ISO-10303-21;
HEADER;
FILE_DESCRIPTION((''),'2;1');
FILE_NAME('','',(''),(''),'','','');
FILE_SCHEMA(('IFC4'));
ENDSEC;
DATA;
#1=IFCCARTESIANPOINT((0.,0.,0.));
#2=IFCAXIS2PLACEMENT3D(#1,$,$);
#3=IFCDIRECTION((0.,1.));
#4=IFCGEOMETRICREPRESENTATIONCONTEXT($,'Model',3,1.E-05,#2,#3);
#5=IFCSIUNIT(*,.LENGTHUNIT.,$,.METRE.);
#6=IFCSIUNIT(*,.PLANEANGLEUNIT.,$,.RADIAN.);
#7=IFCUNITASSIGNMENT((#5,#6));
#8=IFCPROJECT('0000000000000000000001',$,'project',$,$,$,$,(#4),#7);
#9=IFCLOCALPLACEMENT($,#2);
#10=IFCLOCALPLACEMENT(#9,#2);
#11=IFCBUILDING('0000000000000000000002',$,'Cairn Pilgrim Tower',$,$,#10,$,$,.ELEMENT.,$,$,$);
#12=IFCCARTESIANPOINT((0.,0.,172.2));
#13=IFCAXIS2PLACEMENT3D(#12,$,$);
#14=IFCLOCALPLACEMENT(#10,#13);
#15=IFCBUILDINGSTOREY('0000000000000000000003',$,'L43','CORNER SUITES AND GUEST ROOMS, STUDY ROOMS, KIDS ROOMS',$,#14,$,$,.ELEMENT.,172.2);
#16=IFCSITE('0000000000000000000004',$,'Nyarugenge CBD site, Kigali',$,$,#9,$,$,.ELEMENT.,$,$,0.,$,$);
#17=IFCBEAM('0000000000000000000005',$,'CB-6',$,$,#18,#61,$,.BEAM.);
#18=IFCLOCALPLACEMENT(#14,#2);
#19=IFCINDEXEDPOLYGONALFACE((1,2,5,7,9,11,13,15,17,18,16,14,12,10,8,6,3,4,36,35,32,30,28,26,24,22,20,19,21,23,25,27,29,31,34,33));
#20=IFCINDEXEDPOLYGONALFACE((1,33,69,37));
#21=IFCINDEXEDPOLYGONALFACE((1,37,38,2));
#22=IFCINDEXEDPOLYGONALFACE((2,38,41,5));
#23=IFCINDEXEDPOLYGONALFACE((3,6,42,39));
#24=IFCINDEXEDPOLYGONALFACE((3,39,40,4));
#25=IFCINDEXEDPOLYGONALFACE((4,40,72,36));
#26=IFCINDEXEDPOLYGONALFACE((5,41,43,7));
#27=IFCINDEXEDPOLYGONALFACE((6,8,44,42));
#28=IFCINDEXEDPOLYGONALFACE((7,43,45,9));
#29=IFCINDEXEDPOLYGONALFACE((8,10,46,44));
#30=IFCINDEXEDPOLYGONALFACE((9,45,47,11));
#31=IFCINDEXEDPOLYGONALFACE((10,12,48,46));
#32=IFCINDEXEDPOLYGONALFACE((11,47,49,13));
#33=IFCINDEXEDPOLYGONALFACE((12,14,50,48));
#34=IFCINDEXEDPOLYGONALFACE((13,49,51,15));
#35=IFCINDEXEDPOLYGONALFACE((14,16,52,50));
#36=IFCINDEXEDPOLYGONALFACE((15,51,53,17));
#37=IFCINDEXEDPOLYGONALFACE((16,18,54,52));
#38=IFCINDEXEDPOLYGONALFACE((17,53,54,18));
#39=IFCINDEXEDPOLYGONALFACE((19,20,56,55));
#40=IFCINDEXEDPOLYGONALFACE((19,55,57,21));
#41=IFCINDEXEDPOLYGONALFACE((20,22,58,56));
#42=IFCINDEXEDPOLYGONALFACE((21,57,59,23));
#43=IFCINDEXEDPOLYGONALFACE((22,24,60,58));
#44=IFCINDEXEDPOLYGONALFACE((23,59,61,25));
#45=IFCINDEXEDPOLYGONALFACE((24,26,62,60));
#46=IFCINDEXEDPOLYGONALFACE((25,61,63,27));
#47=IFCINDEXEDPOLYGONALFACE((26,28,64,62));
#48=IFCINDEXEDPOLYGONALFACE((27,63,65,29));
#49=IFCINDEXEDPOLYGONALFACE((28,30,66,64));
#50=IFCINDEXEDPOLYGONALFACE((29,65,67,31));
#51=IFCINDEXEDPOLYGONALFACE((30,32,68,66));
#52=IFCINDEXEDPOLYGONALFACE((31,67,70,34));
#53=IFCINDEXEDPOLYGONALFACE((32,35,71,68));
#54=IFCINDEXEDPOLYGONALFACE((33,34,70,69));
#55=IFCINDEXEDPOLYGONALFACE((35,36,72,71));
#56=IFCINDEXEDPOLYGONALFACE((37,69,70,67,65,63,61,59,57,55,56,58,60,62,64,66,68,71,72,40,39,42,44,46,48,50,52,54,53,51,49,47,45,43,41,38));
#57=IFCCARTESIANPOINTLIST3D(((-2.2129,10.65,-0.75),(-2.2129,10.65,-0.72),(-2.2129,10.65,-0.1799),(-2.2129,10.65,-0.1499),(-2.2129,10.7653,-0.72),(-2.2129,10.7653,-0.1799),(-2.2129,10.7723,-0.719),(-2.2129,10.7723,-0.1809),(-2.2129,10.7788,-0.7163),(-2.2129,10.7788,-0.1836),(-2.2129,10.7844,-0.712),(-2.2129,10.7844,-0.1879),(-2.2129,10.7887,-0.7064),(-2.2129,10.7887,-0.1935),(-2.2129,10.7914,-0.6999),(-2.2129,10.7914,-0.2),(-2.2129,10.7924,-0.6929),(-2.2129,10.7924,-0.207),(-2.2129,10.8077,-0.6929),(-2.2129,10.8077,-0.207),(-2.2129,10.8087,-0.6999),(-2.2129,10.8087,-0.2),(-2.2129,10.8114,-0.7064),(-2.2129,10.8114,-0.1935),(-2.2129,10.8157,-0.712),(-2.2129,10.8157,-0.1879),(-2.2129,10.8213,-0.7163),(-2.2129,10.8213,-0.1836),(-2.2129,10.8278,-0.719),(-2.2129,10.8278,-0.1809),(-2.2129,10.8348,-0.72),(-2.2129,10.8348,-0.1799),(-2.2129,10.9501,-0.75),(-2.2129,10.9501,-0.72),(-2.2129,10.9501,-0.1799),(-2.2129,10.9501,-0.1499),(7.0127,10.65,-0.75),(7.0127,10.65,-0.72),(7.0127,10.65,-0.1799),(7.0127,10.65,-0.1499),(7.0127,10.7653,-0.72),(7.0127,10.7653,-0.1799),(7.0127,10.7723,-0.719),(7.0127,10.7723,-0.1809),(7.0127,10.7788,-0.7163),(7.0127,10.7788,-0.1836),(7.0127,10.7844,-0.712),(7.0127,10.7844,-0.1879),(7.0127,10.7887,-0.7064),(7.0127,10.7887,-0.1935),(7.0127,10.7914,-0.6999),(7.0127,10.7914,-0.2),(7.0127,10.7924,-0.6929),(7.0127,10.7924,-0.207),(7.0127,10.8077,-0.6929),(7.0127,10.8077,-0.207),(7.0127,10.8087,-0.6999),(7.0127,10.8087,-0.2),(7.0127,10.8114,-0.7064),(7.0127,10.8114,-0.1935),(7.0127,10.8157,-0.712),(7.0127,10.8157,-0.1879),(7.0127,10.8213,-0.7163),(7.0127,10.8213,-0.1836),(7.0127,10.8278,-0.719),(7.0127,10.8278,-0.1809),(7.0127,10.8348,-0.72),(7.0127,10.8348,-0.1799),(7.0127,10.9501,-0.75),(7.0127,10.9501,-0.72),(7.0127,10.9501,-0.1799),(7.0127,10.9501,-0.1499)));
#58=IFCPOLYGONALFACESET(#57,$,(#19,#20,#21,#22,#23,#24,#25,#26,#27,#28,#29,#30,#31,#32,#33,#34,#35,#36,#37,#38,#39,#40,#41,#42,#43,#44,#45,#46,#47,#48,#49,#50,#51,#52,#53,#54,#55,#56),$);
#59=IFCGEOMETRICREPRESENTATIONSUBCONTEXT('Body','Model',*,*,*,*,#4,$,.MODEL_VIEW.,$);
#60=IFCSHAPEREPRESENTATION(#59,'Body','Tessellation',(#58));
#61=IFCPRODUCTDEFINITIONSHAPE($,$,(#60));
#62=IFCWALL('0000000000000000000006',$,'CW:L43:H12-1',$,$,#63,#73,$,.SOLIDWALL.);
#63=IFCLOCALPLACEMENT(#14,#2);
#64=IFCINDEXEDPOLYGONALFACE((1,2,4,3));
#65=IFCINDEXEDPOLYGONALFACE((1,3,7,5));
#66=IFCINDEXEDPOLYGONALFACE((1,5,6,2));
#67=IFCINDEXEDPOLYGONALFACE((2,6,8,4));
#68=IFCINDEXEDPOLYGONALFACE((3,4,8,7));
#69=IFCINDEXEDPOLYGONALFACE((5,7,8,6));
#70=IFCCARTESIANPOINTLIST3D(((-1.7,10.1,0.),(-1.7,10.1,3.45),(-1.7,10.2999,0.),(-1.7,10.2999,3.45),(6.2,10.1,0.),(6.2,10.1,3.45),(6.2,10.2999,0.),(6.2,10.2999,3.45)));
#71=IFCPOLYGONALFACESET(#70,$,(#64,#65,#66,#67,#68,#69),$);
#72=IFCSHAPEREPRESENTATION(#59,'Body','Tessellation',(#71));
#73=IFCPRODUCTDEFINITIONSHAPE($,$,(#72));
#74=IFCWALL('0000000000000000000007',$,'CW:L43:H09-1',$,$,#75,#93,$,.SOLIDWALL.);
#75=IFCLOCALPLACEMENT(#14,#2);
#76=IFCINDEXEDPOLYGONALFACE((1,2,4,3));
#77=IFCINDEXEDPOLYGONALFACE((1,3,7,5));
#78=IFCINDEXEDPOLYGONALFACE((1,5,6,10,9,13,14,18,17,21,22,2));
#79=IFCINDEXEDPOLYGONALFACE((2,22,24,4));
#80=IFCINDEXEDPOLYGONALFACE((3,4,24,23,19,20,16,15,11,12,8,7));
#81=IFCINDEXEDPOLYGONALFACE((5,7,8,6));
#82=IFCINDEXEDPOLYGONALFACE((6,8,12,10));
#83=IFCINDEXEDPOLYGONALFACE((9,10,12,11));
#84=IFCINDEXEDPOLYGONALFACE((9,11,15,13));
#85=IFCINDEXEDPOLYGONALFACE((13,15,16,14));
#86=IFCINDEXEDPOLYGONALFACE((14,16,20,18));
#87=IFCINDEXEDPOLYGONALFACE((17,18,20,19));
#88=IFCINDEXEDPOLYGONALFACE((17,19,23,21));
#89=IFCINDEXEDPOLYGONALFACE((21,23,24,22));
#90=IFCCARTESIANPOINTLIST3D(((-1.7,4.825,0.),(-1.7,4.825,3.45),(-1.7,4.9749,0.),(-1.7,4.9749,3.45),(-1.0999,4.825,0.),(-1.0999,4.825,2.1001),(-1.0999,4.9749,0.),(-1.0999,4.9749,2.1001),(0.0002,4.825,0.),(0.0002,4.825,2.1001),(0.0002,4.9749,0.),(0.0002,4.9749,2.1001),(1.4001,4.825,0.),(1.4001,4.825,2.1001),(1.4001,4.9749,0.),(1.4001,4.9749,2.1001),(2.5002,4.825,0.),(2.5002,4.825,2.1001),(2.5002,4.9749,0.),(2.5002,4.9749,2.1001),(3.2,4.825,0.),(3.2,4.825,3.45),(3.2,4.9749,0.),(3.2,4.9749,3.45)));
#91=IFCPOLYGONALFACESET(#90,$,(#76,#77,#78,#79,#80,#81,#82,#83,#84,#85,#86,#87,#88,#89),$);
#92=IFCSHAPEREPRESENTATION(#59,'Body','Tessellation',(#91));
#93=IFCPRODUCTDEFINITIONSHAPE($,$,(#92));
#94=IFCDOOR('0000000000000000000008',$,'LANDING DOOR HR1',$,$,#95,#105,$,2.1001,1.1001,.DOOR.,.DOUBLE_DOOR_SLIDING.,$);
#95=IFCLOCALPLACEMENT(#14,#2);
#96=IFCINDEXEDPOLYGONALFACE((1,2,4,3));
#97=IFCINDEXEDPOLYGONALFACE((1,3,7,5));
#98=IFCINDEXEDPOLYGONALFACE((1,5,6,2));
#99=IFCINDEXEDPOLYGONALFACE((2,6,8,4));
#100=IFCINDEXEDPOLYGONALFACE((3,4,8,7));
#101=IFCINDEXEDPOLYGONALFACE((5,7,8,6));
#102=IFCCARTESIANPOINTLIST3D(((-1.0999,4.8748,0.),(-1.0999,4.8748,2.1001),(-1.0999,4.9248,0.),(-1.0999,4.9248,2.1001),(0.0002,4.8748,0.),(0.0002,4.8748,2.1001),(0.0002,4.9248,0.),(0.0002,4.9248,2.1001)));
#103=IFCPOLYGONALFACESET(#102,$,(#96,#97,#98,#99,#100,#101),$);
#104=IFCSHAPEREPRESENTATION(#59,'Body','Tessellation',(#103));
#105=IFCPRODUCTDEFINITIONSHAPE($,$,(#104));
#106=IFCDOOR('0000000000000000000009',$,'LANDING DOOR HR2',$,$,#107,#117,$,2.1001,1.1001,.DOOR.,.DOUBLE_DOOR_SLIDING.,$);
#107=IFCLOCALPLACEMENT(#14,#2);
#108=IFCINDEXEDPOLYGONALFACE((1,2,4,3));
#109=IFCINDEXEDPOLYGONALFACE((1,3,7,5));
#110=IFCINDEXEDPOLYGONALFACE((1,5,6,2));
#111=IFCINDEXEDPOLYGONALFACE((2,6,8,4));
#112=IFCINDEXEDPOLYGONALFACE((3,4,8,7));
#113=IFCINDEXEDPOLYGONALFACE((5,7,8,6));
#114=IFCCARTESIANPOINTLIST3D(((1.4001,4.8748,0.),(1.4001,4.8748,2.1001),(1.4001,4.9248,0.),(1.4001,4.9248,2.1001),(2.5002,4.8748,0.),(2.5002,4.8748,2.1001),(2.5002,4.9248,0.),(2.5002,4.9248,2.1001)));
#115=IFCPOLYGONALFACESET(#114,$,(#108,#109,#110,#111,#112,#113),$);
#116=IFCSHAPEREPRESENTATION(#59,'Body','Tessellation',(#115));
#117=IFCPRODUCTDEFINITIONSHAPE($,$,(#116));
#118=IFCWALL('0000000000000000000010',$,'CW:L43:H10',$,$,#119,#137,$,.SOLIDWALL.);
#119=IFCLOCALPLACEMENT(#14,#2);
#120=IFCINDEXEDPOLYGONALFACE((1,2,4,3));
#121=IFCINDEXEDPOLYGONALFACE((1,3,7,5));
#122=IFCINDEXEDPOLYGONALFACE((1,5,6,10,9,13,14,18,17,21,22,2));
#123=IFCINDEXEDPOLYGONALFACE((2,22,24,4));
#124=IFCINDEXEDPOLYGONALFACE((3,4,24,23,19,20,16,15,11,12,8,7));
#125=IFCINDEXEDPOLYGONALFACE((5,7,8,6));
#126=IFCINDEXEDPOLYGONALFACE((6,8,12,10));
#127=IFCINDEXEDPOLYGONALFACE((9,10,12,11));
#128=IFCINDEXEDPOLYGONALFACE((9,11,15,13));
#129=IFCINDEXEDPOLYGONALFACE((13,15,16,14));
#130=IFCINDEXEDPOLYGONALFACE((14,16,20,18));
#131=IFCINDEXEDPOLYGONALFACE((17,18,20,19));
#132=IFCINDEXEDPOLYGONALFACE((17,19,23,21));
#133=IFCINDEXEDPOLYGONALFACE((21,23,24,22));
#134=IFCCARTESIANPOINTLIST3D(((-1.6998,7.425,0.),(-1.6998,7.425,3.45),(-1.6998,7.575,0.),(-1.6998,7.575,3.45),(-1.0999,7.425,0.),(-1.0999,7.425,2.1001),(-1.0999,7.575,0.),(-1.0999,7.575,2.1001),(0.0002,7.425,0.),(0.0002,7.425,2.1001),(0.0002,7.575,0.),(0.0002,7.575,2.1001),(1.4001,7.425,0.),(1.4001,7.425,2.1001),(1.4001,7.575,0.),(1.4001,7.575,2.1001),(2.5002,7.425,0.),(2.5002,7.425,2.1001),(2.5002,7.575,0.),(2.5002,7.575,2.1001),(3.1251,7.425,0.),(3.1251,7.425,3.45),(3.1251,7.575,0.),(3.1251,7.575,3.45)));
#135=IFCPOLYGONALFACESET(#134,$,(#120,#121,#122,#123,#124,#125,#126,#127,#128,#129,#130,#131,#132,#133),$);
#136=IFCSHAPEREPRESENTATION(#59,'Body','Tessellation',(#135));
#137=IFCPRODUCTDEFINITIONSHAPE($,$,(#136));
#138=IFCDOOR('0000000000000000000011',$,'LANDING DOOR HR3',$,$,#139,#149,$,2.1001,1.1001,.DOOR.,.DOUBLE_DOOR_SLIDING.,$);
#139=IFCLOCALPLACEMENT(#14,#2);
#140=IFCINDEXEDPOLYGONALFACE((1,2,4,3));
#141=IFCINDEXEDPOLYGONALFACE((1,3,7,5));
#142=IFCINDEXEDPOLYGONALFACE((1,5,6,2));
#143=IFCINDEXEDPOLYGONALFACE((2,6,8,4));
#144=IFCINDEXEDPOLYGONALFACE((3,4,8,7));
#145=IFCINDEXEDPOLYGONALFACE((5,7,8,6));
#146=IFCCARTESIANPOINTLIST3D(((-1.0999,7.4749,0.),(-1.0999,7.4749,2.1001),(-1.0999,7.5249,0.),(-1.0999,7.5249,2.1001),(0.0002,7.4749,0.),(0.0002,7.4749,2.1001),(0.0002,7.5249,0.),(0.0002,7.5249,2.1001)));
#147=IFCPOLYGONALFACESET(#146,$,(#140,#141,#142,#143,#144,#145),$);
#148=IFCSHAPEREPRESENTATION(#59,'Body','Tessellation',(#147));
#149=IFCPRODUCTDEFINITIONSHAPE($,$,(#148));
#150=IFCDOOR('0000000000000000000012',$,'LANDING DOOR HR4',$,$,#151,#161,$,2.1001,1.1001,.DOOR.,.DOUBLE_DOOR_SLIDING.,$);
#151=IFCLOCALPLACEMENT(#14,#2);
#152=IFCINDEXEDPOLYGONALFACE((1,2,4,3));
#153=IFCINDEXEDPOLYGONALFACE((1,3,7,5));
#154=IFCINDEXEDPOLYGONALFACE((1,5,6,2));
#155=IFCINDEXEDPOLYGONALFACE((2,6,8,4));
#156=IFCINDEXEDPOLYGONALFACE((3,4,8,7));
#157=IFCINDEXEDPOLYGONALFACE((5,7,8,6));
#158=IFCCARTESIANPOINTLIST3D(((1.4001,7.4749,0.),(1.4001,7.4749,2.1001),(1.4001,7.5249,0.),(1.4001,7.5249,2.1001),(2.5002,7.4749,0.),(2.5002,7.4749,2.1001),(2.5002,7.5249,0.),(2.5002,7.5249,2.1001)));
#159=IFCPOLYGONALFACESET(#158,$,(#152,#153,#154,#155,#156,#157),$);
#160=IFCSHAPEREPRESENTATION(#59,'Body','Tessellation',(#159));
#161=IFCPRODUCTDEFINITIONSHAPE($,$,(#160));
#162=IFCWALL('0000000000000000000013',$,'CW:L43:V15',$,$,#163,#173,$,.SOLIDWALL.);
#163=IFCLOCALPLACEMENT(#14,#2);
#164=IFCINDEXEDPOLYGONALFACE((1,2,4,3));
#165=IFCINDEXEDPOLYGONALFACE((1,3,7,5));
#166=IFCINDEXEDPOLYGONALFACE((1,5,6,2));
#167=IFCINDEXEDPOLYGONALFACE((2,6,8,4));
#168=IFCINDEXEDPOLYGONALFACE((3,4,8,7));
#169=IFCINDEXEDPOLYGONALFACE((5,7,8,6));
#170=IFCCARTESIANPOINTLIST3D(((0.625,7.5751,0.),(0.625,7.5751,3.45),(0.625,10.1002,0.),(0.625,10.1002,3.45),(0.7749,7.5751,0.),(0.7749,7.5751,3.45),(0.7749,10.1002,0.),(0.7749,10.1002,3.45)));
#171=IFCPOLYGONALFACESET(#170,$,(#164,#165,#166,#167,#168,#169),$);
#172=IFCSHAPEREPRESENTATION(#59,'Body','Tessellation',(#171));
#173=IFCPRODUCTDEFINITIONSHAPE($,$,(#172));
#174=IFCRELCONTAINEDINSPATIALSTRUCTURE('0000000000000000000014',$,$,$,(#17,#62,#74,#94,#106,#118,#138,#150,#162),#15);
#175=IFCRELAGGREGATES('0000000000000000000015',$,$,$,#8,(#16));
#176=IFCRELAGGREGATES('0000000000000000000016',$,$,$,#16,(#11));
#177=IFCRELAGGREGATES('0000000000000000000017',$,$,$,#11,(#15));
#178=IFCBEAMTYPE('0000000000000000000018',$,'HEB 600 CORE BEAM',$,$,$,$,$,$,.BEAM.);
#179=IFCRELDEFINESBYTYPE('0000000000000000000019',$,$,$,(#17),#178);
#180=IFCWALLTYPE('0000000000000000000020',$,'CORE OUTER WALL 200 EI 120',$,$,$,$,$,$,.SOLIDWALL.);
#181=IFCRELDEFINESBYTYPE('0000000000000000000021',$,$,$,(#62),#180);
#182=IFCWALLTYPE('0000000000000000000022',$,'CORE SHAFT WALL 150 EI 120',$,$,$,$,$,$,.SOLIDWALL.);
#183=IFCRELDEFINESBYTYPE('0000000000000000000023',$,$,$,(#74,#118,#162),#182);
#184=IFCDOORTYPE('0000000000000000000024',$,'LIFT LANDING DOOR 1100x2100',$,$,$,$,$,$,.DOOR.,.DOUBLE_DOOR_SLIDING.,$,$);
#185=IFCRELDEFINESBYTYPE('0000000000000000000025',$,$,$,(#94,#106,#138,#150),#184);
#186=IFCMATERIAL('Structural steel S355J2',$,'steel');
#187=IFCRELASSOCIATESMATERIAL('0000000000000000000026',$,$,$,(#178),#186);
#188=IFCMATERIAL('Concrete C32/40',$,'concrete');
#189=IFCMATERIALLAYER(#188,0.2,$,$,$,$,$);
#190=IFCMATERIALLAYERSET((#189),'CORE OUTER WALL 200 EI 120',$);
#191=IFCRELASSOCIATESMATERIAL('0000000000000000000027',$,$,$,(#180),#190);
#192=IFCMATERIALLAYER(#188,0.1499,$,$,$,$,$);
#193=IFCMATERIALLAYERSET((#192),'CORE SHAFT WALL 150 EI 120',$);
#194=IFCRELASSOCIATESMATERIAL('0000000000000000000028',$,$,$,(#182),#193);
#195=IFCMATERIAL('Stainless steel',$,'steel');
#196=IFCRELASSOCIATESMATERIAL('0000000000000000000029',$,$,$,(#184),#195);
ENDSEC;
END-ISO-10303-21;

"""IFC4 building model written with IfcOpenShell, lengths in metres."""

from ifc_helpers import new_model, si_unit, direction, frame, frame_2d, origin, origin_2d, place, context, subcontext, project, spatial, rectangle, i_section, extrude, material, layer, layer_set, material_profile, profile_set, type_object, element, fill, save


model = new_model("IFC4")

# Units and contexts
model_context = context("Model", 3, precision=1e-05, world=origin(), true_north=direction((0.0, 1.0)))
body_context = subcontext(model_context, "Body", "Model", "MODEL_VIEW")
ifc_project = project(units=[si_unit("LENGTHUNIT", "METRE"), si_unit("PLANEANGLEUNIT", "RADIAN")], contexts=[model_context])

# Site, building, storey
site_placement = place(None, origin())
site = spatial("IfcSite", under=ifc_project, at=site_placement, Name="Nyarugenge CBD site, Kigali", CompositionType="ELEMENT", RefElevation=0.0)
building_placement = place(site_placement, origin())
building = spatial("IfcBuilding", under=site, at=building_placement, Name="Cairn Pilgrim Tower", CompositionType="ELEMENT")
storey_placement = place(building_placement, frame((0.0, 0.0, 172.2)))
storey = spatial("IfcBuildingStorey", under=building, at=storey_placement, Name="L43", Description="CORNER SUITES AND GUEST ROOMS, STUDY ROOMS, KIDS ROOMS", CompositionType="ELEMENT", Elevation=172.2)

# Beam
ifc_material_1 = material(Name="Structural steel S355J2", Category="steel")
ifc_material_profile = material_profile(ifc_material_1, i_section(OverallWidth=0.3, OverallDepth=0.6001, WebThickness=0.0154, FlangeThickness=0.03, FilletRadius=0.0271, at=origin_2d()), Name="HEB 600")
ifc_profile_set = profile_set([ifc_material_profile], Name="Structural steel S355J2")
beam_type = type_object("IfcBeamType", Name="HEB 600 CORE BEAM", PredefinedType="BEAM", material=ifc_profile_set)
beam_placement = place(storey_placement, frame((7.0127, 10.8, -0.45), z_axis=(-1.0, 0.0, 0.0), x_axis=(0.0, -1.0, 0.0)))
element("IfcBeam", 1, at=beam_placement, inside=storey, type_object=beam_type, Name="CB-6", PredefinedType="BEAM", context=body_context, shape_type="SweptSolid", body=[
    extrude(i_section(OverallWidth=0.3, OverallDepth=0.6001, WebThickness=0.0154, FlangeThickness=0.03, FilletRadius=0.0271, at=origin_2d()), origin(), (0.0, 0.0, 1.0), 9.2256),
])

# Wall
ifc_material_2 = material(Name="Concrete C32/40", Category="concrete")
ifc_layer_1 = layer(ifc_material_2, 0.2)
ifc_layer_set_1 = layer_set([ifc_layer_1], Name="CORE OUTER WALL 200 EI 120")
wall_type_1 = type_object("IfcWallType", Name="CORE OUTER WALL 200 EI 120", PredefinedType="SOLIDWALL", material=ifc_layer_set_1)
wall_1_placement = place(storey_placement, frame((-1.7, 10.2, 0.0), z_axis=(0.0, 0.0, 1.0), x_axis=(1.0, 0.0, 0.0)))
element("IfcWall", 2, at=wall_1_placement, inside=storey, type_object=wall_type_1, Name="CW:L43:H12-1", PredefinedType="SOLIDWALL", context=body_context, shape_type="SweptSolid", body=[
    extrude(rectangle(XDim=7.8999, YDim=0.2, at=frame_2d((3.95, 0.0))), origin(), (0.0, 0.0, 1.0), 3.45),
])

# Walls, openings, doors
ifc_layer_2 = layer(ifc_material_2, 0.1499)
ifc_layer_set_2 = layer_set([ifc_layer_2], Name="CORE SHAFT WALL 150 EI 120")
wall_type_2 = type_object("IfcWallType", Name="CORE SHAFT WALL 150 EI 120", PredefinedType="SOLIDWALL", material=ifc_layer_set_2)
wall_2_placement = place(storey_placement, frame((-1.7, 4.8999, 0.0), z_axis=(0.0, 0.0, 1.0), x_axis=(1.0, 0.0, 0.0)))
wall_2 = element("IfcWall", 3, at=wall_2_placement, inside=storey, type_object=wall_type_2, Name="CW:L43:H09-1", PredefinedType="SOLIDWALL", context=body_context, shape_type="SweptSolid", body=[
    extrude(rectangle(XDim=4.8999, YDim=0.1499, at=frame_2d((2.45, 0.0))), origin(), (0.0, 0.0, 1.0), 3.45),
])
opening_1_placement = place(wall_2_placement, frame((0.6001, 0.0, 0.0)))
opening_1 = element("IfcOpeningElement", 4, at=opening_1_placement, cuts=wall_2, PredefinedType="OPENING", context=body_context, shape_type="SweptSolid", body=[
    extrude(rectangle(XDim=1.1001, YDim=2.1001, at=frame_2d((0.55, 1.05))), frame((0.0, 0.085, 0.0), z_axis=(0.0, -1.0, 0.0), x_axis=(1.0, 0.0, 0.0)), (0.0, 0.0, 1.0), 0.1699),
])
opening_2_placement = place(wall_2_placement, frame((3.1001, 0.0, 0.0)))
opening_2 = element("IfcOpeningElement", 5, at=opening_2_placement, cuts=wall_2, PredefinedType="OPENING", context=body_context, shape_type="SweptSolid", body=[
    extrude(rectangle(XDim=1.1001, YDim=2.1001, at=frame_2d((0.55, 1.05))), frame((0.0, 0.085, 0.0), z_axis=(0.0, -1.0, 0.0), x_axis=(1.0, 0.0, 0.0)), (0.0, 0.0, 1.0), 0.1699),
])
ifc_material_3 = material(Name="Stainless steel", Category="steel")
door_type_1 = type_object("IfcDoorType", Name="LIFT LANDING DOOR 1100x2100", OperationType="DOUBLE_DOOR_SLIDING", PredefinedType="DOOR", material=ifc_material_3)
door_1_placement = place(opening_1_placement, origin())
door_1 = element("IfcDoor", 6, at=door_1_placement, inside=storey, type_object=door_type_1, Name="LANDING DOOR HR1", OperationType="DOUBLE_DOOR_SLIDING", OverallHeight=2.1001, OverallWidth=1.1001, PredefinedType="DOOR", context=body_context, shape_type="SweptSolid", body=[
    extrude(rectangle(XDim=1.1001, YDim=2.1001, at=frame_2d((0.55, 1.05))), frame((0.0, 0.0249, 0.0), z_axis=(0.0, -1.0, 0.0), x_axis=(1.0, 0.0, 0.0)), (0.0, 0.0, 1.0), 0.05),
])
fill(opening_1, door_1)
door_2_placement = place(opening_2_placement, origin())
door_2 = element("IfcDoor", 7, at=door_2_placement, inside=storey, type_object=door_type_1, Name="LANDING DOOR HR2", OperationType="DOUBLE_DOOR_SLIDING", OverallHeight=2.1001, OverallWidth=1.1001, PredefinedType="DOOR", context=body_context, shape_type="SweptSolid", body=[
    extrude(rectangle(XDim=1.1001, YDim=2.1001, at=frame_2d((0.55, 1.05))), frame((0.0, 0.0249, 0.0), z_axis=(0.0, -1.0, 0.0), x_axis=(1.0, 0.0, 0.0)), (0.0, 0.0, 1.0), 0.05),
])
fill(opening_2, door_2)
wall_3_placement = place(storey_placement, frame((-1.7, 7.5, 0.0), z_axis=(0.0, 0.0, 1.0), x_axis=(1.0, 0.0, 0.0)))
wall_3 = element("IfcWall", 8, at=wall_3_placement, inside=storey, type_object=wall_type_2, Name="CW:L43:H10", PredefinedType="SOLIDWALL", context=body_context, shape_type="SweptSolid", body=[
    extrude(rectangle(XDim=4.825, YDim=0.1499, at=frame_2d((2.4126, 0.0))), origin(), (0.0, 0.0, 1.0), 3.45),
])
opening_3_placement = place(wall_3_placement, frame((0.6001, 0.0, 0.0)))
opening_3 = element("IfcOpeningElement", 9, at=opening_3_placement, cuts=wall_3, PredefinedType="OPENING", context=body_context, shape_type="SweptSolid", body=[
    extrude(rectangle(XDim=1.1001, YDim=2.1001, at=frame_2d((0.55, 1.05))), frame((0.0, 0.085, 0.0), z_axis=(0.0, -1.0, 0.0), x_axis=(1.0, 0.0, 0.0)), (0.0, 0.0, 1.0), 0.1699),
])
opening_4_placement = place(wall_3_placement, frame((3.1001, 0.0, 0.0)))
opening_4 = element("IfcOpeningElement", 10, at=opening_4_placement, cuts=wall_3, PredefinedType="OPENING", context=body_context, shape_type="SweptSolid", body=[
    extrude(rectangle(XDim=1.1001, YDim=2.1001, at=frame_2d((0.55, 1.05))), frame((0.0, 0.085, 0.0), z_axis=(0.0, -1.0, 0.0), x_axis=(1.0, 0.0, 0.0)), (0.0, 0.0, 1.0), 0.1699),
])
door_3_placement = place(opening_3_placement, origin())
door_3 = element("IfcDoor", 11, at=door_3_placement, inside=storey, type_object=door_type_1, Name="LANDING DOOR HR3", OperationType="DOUBLE_DOOR_SLIDING", OverallHeight=2.1001, OverallWidth=1.1001, PredefinedType="DOOR", context=body_context, shape_type="SweptSolid", body=[
    extrude(rectangle(XDim=1.1001, YDim=2.1001, at=frame_2d((0.55, 1.05))), frame((0.0, 0.0249, 0.0), z_axis=(0.0, -1.0, 0.0), x_axis=(1.0, 0.0, 0.0)), (0.0, 0.0, 1.0), 0.05),
])
fill(opening_3, door_3)
door_4_placement = place(opening_4_placement, origin())
door_4 = element("IfcDoor", 12, at=door_4_placement, inside=storey, type_object=door_type_1, Name="LANDING DOOR HR4", OperationType="DOUBLE_DOOR_SLIDING", OverallHeight=2.1001, OverallWidth=1.1001, PredefinedType="DOOR", context=body_context, shape_type="SweptSolid", body=[
    extrude(rectangle(XDim=1.1001, YDim=2.1001, at=frame_2d((0.55, 1.05))), frame((0.0, 0.0249, 0.0), z_axis=(0.0, -1.0, 0.0), x_axis=(1.0, 0.0, 0.0)), (0.0, 0.0, 1.0), 0.05),
])
fill(opening_4, door_4)

# Wall
wall_4_placement = place(storey_placement, frame((0.7, 7.575, 0.0), z_axis=(0.0, 0.0, 1.0), x_axis=(0.0, 1.0, 0.0)))
element("IfcWall", 13, at=wall_4_placement, inside=storey, type_object=wall_type_2, Name="CW:L43:V15", PredefinedType="SOLIDWALL", context=body_context, shape_type="SweptSolid", body=[
    extrude(rectangle(XDim=2.5251, YDim=0.1499, at=frame_2d((1.2627, 0.0))), origin(), (0.0, 0.0, 1.0), 3.45),
])

save(model, "model.ifc")
